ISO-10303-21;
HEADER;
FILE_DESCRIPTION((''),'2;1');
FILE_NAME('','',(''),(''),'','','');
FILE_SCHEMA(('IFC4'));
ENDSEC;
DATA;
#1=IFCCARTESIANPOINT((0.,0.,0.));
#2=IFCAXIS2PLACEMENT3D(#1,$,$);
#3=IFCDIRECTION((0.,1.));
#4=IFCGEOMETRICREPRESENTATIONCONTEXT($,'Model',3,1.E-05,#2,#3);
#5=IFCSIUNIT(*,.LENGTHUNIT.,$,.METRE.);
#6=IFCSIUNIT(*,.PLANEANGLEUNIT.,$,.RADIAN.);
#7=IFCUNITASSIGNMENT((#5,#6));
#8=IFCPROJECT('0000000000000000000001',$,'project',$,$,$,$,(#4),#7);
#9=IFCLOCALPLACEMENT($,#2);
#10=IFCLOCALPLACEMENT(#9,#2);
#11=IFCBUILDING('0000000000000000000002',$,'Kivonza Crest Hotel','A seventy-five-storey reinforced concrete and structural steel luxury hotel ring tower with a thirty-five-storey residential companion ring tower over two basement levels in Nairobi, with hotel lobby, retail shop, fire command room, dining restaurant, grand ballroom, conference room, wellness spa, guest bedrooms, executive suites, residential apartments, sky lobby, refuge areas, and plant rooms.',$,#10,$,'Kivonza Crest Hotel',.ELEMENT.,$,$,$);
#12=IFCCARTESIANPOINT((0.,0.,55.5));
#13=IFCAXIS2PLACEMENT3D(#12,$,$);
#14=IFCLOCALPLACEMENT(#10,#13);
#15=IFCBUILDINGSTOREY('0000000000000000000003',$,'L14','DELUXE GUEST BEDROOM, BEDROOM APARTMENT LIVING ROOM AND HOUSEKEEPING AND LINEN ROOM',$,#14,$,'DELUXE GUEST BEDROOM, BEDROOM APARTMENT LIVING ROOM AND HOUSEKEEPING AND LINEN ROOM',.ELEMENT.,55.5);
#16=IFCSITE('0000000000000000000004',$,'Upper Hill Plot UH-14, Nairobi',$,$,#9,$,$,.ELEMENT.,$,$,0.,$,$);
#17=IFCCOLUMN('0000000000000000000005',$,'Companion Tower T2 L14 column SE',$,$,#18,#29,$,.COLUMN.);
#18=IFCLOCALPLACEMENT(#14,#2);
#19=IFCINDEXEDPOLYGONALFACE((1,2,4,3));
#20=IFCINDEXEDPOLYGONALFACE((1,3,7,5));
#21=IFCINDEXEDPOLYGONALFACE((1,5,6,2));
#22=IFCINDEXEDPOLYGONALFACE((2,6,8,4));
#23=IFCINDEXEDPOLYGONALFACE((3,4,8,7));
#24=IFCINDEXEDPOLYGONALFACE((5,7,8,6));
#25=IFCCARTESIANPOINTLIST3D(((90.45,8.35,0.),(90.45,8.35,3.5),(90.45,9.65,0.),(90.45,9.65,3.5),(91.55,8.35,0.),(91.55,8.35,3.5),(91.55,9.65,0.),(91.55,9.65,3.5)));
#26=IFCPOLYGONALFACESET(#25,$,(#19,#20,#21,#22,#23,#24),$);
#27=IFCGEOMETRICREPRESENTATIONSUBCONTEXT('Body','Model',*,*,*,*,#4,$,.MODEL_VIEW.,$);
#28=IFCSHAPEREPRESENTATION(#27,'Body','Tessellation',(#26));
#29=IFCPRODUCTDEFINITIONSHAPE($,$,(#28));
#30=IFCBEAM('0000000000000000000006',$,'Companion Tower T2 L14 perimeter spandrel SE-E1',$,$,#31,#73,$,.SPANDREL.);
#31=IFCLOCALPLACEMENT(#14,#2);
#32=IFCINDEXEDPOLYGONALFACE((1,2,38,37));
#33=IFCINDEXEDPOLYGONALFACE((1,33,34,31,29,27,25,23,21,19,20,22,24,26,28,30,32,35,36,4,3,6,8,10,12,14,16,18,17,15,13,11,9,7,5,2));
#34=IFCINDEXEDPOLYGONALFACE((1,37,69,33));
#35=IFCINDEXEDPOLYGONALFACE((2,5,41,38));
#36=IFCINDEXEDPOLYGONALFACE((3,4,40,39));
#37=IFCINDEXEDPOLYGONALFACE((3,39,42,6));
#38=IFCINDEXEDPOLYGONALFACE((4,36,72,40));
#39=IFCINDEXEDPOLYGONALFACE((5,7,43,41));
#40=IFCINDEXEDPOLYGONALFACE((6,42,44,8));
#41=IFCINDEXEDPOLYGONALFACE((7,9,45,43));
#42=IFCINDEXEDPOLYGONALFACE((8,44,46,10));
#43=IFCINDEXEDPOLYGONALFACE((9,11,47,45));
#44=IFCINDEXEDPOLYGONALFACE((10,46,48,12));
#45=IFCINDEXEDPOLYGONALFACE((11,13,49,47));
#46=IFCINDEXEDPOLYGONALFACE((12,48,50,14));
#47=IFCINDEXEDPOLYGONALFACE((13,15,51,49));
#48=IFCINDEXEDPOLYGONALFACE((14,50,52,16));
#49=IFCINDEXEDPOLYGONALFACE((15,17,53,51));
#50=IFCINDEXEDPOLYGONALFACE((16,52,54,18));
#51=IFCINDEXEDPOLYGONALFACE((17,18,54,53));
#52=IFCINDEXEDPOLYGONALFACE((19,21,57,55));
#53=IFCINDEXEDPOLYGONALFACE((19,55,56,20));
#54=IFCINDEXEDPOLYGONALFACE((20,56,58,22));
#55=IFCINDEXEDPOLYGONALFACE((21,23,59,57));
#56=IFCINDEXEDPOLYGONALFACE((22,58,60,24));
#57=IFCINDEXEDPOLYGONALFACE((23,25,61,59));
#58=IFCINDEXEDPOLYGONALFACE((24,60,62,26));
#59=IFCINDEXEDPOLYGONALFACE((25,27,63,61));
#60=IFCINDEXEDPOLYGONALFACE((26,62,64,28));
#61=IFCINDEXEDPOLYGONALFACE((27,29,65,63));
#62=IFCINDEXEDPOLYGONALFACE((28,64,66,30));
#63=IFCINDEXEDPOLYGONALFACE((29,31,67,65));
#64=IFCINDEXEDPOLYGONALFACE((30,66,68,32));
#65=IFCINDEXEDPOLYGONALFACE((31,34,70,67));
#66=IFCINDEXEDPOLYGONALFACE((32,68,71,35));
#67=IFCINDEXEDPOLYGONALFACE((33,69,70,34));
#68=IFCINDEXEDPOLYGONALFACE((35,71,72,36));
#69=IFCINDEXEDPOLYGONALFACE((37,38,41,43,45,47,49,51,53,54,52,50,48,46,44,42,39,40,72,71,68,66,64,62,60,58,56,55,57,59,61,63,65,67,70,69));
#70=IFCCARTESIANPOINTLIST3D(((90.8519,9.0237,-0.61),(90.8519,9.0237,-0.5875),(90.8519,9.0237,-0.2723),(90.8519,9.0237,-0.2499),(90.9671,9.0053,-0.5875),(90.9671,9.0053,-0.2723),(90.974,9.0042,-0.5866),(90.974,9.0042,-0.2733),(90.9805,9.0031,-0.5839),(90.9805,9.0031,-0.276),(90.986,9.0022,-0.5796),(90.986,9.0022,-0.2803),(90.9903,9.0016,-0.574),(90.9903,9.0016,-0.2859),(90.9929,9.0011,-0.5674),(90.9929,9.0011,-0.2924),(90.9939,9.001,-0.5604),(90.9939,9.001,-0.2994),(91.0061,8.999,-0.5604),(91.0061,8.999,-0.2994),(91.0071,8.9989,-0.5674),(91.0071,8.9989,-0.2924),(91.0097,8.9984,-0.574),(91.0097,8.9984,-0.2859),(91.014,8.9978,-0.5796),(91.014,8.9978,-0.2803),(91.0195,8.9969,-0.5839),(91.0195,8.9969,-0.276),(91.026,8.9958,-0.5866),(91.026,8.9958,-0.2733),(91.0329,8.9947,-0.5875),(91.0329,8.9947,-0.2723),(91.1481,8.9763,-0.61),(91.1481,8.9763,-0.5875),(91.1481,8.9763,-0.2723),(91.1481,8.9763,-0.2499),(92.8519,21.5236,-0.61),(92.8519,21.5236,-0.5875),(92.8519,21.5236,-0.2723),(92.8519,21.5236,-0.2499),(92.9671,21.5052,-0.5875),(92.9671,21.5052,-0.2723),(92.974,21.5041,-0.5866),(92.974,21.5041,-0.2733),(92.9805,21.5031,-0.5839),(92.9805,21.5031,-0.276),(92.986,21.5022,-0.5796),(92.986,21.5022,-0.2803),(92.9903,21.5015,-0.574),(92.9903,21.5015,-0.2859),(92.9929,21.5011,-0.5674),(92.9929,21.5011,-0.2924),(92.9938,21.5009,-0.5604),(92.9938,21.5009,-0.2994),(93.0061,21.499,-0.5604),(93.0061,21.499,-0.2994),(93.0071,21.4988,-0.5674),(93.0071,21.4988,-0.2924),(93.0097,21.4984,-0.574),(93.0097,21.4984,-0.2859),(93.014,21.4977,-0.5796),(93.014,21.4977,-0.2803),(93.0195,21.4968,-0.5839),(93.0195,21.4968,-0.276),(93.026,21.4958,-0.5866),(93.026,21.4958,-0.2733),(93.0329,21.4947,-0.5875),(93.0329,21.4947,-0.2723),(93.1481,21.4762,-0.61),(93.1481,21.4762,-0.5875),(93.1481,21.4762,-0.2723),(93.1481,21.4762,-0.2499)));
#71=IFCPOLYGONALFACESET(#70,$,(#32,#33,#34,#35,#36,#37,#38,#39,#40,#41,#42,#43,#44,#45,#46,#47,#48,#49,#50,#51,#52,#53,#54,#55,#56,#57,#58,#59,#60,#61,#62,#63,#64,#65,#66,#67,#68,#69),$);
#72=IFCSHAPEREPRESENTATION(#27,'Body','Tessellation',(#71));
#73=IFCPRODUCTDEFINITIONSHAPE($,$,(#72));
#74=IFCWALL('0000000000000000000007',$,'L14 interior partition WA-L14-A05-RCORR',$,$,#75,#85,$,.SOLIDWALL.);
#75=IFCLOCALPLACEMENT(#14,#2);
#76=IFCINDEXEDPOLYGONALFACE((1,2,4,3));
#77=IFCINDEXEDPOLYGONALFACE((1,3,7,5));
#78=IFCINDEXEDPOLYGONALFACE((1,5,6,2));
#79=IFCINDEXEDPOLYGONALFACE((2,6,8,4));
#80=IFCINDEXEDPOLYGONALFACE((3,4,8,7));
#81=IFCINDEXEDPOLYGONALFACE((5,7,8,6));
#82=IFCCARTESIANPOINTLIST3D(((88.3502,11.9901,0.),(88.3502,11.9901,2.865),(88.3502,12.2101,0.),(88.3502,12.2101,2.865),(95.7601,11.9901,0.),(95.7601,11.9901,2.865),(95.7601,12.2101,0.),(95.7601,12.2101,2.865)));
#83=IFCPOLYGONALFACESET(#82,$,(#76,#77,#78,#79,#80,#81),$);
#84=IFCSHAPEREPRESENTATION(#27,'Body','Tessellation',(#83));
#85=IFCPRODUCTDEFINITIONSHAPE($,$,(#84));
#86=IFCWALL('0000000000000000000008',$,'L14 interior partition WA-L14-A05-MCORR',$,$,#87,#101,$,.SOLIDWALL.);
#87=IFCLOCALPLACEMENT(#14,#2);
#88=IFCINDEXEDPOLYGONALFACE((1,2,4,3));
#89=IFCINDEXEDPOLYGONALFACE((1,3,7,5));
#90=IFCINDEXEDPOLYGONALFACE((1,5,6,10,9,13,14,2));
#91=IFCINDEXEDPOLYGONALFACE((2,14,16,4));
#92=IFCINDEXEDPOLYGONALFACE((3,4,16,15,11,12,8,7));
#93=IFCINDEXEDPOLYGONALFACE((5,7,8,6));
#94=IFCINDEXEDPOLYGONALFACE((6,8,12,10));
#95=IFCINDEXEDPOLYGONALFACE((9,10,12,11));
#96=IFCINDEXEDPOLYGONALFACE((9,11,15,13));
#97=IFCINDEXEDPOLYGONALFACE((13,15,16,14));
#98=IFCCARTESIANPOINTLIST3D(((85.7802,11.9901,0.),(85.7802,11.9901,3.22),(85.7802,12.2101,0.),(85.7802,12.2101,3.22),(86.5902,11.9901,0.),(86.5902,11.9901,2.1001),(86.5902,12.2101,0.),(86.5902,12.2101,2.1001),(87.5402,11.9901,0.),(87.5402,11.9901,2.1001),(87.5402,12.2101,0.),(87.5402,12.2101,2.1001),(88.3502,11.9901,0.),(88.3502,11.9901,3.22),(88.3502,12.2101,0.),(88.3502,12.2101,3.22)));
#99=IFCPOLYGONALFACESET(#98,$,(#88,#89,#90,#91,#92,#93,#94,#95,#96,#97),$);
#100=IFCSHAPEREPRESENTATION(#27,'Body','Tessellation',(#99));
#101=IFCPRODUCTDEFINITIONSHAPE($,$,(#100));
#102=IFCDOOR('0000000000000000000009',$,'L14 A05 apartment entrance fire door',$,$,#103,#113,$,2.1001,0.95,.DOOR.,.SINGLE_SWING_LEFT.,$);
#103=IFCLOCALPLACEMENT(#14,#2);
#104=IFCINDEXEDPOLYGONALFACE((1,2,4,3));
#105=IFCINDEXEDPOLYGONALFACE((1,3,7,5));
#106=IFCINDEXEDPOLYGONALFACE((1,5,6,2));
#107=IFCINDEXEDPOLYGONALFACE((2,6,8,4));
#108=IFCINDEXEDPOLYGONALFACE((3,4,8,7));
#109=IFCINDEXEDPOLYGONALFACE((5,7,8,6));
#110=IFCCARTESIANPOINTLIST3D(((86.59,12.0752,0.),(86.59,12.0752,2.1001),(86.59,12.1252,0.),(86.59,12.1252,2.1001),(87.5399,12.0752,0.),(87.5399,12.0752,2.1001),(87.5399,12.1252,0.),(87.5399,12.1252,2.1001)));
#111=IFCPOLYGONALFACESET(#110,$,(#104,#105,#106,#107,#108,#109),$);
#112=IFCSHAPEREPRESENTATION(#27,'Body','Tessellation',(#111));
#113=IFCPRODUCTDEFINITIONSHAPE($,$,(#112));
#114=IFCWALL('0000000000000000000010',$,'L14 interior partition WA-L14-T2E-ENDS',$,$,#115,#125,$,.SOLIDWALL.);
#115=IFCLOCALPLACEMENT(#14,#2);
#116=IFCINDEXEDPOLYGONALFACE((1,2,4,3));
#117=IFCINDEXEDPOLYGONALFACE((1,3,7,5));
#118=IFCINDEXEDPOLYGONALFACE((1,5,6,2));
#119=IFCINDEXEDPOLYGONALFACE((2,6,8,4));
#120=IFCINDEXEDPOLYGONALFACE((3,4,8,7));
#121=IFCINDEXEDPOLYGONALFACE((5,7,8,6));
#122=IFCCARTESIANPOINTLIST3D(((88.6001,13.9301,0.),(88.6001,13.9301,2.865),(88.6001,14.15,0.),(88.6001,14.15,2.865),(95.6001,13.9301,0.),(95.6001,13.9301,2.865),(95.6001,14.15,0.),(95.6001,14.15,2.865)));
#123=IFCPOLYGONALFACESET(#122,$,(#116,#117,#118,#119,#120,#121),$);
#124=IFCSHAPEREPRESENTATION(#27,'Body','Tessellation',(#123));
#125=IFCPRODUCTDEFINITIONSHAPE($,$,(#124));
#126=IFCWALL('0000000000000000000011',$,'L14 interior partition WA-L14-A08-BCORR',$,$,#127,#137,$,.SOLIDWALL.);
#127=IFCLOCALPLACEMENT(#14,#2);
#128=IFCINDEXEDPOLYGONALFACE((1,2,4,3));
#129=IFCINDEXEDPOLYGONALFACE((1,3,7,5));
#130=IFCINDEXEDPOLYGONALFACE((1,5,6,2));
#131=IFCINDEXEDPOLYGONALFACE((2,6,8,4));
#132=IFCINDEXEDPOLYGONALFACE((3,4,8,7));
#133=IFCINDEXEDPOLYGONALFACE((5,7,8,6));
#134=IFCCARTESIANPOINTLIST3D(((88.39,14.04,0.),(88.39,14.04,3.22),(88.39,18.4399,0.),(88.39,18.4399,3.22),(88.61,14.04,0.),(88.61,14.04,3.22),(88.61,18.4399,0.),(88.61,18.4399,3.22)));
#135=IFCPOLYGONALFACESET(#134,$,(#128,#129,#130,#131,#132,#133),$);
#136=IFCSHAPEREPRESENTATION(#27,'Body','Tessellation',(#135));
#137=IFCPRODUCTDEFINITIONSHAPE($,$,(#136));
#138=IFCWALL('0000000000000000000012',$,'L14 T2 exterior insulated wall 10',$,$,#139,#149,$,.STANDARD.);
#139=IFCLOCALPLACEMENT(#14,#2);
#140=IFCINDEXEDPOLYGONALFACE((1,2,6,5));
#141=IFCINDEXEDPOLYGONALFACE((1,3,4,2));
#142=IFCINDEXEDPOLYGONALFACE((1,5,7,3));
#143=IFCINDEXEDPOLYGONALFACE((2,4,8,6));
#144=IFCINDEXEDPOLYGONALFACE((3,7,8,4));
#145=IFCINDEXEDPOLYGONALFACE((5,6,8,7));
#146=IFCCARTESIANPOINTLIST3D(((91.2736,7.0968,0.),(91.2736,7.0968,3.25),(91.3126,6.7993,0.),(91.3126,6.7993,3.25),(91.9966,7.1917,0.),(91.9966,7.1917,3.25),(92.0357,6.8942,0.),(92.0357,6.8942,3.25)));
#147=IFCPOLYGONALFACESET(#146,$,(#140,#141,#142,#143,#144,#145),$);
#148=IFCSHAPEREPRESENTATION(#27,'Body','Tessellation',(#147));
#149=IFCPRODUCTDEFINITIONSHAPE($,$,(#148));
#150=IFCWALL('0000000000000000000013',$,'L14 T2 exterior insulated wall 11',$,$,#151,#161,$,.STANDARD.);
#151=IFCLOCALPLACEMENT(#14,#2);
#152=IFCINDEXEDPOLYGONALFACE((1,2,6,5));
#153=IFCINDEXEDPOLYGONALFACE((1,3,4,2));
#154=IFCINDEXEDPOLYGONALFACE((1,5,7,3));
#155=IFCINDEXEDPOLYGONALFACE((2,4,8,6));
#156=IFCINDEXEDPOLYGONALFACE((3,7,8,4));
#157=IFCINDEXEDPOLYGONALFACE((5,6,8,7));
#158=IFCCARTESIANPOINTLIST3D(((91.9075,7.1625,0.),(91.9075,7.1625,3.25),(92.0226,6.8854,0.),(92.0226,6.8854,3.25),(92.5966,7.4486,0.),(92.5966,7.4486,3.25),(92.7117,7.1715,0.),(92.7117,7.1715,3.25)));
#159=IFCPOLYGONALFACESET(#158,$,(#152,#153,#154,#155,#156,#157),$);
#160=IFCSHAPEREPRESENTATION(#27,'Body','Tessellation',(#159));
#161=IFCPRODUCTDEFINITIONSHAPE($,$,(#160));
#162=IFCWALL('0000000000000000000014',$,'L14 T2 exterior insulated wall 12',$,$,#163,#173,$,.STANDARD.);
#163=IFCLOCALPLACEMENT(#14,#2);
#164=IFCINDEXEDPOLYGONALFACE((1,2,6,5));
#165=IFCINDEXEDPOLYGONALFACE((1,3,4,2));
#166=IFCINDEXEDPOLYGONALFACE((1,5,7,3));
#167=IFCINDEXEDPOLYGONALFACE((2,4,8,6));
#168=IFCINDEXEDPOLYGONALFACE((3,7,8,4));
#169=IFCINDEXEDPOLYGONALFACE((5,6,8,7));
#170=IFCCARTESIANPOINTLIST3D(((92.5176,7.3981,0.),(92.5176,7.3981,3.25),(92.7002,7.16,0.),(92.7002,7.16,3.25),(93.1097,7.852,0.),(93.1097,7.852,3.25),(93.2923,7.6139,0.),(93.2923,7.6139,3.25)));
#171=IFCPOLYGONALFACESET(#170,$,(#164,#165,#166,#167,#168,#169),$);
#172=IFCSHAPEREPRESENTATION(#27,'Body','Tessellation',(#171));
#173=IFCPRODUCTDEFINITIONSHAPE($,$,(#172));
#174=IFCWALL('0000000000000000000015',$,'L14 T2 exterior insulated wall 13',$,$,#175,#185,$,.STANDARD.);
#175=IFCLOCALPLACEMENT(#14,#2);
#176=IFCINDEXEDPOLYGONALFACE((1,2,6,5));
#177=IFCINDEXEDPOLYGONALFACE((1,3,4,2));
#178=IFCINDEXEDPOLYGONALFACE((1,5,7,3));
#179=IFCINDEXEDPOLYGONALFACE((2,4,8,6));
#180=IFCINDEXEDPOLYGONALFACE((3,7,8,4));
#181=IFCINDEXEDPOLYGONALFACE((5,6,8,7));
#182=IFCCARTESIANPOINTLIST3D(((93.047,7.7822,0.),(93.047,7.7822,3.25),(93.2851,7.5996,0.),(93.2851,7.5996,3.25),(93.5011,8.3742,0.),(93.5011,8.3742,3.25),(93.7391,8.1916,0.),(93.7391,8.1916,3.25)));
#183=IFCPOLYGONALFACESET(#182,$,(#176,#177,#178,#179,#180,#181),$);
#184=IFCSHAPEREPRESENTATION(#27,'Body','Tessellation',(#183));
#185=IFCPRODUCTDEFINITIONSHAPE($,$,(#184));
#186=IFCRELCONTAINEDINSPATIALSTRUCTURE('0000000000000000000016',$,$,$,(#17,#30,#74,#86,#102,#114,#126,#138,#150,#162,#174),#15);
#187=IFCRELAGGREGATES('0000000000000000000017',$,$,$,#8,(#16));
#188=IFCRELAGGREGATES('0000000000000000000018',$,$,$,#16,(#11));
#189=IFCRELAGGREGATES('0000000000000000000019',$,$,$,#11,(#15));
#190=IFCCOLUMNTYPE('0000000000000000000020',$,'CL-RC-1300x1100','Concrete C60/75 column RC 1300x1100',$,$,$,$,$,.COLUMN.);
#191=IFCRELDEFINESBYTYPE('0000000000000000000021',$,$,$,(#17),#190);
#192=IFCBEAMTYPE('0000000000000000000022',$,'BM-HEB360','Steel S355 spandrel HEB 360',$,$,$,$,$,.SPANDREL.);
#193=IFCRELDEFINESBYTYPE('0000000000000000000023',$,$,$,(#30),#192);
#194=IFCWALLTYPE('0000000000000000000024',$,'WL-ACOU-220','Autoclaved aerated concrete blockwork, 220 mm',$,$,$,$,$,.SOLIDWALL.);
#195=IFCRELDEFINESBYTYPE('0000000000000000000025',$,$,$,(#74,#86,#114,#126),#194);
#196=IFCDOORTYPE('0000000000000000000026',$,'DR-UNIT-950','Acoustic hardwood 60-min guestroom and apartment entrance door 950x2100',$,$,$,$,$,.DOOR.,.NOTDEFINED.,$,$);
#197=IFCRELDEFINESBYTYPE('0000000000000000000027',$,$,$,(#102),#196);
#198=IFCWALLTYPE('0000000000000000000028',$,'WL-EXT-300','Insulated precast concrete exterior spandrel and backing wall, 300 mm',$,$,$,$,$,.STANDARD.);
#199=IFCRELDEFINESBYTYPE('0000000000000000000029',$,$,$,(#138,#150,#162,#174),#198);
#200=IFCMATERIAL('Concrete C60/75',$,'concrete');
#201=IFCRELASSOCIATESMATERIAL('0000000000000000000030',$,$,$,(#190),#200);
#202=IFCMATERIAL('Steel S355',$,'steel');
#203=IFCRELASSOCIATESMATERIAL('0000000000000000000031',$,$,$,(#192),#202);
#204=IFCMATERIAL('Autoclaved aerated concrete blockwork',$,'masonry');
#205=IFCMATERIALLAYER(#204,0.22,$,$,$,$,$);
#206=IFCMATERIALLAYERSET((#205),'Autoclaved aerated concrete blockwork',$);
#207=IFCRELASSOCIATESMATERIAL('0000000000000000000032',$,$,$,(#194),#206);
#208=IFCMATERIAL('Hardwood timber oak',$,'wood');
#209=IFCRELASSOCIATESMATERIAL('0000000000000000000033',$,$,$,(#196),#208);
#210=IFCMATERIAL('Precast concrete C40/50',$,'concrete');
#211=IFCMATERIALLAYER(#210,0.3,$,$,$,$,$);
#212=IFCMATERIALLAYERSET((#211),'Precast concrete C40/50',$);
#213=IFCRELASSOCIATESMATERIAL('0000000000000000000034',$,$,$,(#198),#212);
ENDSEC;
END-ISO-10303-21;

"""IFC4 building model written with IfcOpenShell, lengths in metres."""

from ifc_helpers import new_model, si_unit, direction, frame, frame_2d, origin, origin_2d, place, context, subcontext, project, spatial, rectangle, i_section, extrude, material, layer, layer_set, material_profile, profile_set, type_object, element, fill, save


model = new_model("IFC4")

# Units and contexts
model_context = context("Model", 3, precision=1e-05, world=origin(), true_north=direction((0.0, 1.0)))
body_context = subcontext(model_context, "Body", "Model", "MODEL_VIEW")
ifc_project = project(units=[si_unit("LENGTHUNIT", "METRE"), si_unit("PLANEANGLEUNIT", "RADIAN")], contexts=[model_context])

# Site, building, storey
site_placement = place(None, origin())
site = spatial("IfcSite", under=ifc_project, at=site_placement, Name="Upper Hill Plot UH-14, Nairobi", CompositionType="ELEMENT", RefElevation=0.0)
building_placement = place(site_placement, origin())
building = spatial("IfcBuilding", under=site, at=building_placement, Name="Kivonza Crest Hotel", Description="A seventy-five-storey reinforced concrete and structural steel luxury hotel ring tower with a thirty-five-storey residential companion ring tower over two basement levels in Nairobi, with hotel lobby, retail shop, fire command room, dining restaurant, grand ballroom, conference room, wellness spa, guest bedrooms, executive suites, residential apartments, sky lobby, refuge areas, and plant rooms.", LongName="Kivonza Crest Hotel", CompositionType="ELEMENT")
storey_placement = place(building_placement, frame((0.0, 0.0, 55.5)))
storey = spatial("IfcBuildingStorey", under=building, at=storey_placement, Name="L14", Description="DELUXE GUEST BEDROOM, BEDROOM APARTMENT LIVING ROOM AND HOUSEKEEPING AND LINEN ROOM", LongName="DELUXE GUEST BEDROOM, BEDROOM APARTMENT LIVING ROOM AND HOUSEKEEPING AND LINEN ROOM", CompositionType="ELEMENT", Elevation=55.5)

# Column
ifc_material_1 = material(Name="Concrete C60/75", Category="concrete")
ifc_material_profile_1 = material_profile(ifc_material_1, rectangle(XDim=1.1001, YDim=1.3, at=origin_2d()), Name="RC 1300x1100")
ifc_profile_set_1 = profile_set([ifc_material_profile_1], Name="Concrete C60/75")
column_type = type_object("IfcColumnType", Name="CL-RC-1300x1100", Description="Concrete C60/75 column RC 1300x1100", PredefinedType="COLUMN", material=ifc_profile_set_1)
column_placement = place(storey_placement, frame((91.0, 9.0, 0.0), z_axis=(0.0, 0.0, 1.0), x_axis=(1.0, 0.0, 0.0)))
element("IfcColumn", 1, at=column_placement, inside=storey, type_object=column_type, Name="Companion Tower T2 L14 column SE", PredefinedType="COLUMN", context=body_context, shape_type="SweptSolid", body=[
    extrude(rectangle(XDim=1.1001, YDim=1.3, at=origin_2d()), origin(), (0.0, 0.0, 1.0), 3.5),
])

# Beam
ifc_material_2 = material(Name="Steel S355", Category="steel")
ifc_material_profile_2 = material_profile(ifc_material_2, i_section(OverallWidth=0.3, OverallDepth=0.3601, WebThickness=0.0125, FlangeThickness=0.0225, FilletRadius=0.0271, at=origin_2d()), Name="HEB 360")
ifc_profile_set_2 = profile_set([ifc_material_profile_2], Name="Steel S355")
beam_type = type_object("IfcBeamType", Name="BM-HEB360", Description="Steel S355 spandrel HEB 360", PredefinedType="SPANDREL", material=ifc_profile_set_2)
beam_placement = place(storey_placement, frame((91.0, 9.0, -0.4299), z_axis=(0.157991, 0.987441, 0.0), x_axis=(-0.987441, 0.157991, 0.0)))
element("IfcBeam", 2, at=beam_placement, inside=storey, type_object=beam_type, Name="Companion Tower T2 L14 perimeter spandrel SE-E1", PredefinedType="SPANDREL", context=body_context, shape_type="SweptSolid", body=[
    extrude(i_section(OverallWidth=0.3, OverallDepth=0.3601, WebThickness=0.0125, FlangeThickness=0.0225, FilletRadius=0.0271, at=origin_2d()), origin(), (0.0, 0.0, 1.0), 12.6589),
])

# Wall
ifc_material_3 = material(Name="Autoclaved aerated concrete blockwork", Category="masonry")
ifc_layer_1 = layer(ifc_material_3, 0.22)
ifc_layer_set_1 = layer_set([ifc_layer_1], Name="Autoclaved aerated concrete blockwork")
wall_type_1 = type_object("IfcWallType", Name="WL-ACOU-220", Description="Autoclaved aerated concrete blockwork, 220 mm", PredefinedType="SOLIDWALL", material=ifc_layer_set_1)
wall_1_placement = place(storey_placement, frame((88.3501, 12.1001, 0.0), z_axis=(0.0, 0.0, 1.0), x_axis=(1.0, 0.0, 0.0)))
element("IfcWall", 3, at=wall_1_placement, inside=storey, type_object=wall_type_1, Name="L14 interior partition WA-L14-A05-RCORR", PredefinedType="SOLIDWALL", context=body_context, shape_type="SweptSolid", body=[
    extrude(rectangle(XDim=7.4099, YDim=0.22, at=frame_2d((3.7051, 0.0))), origin(), (0.0, 0.0, 1.0), 2.865),
])

# Wall, opening, door
wall_2_placement = place(storey_placement, frame((85.78, 12.1001, 0.0), z_axis=(0.0, 0.0, 1.0), x_axis=(1.0, 0.0, 0.0)))
wall_2 = element("IfcWall", 4, at=wall_2_placement, inside=storey, type_object=wall_type_1, Name="L14 interior partition WA-L14-A05-MCORR", PredefinedType="SOLIDWALL", context=body_context, shape_type="SweptSolid", body=[
    extrude(rectangle(XDim=2.5701, YDim=0.22, at=frame_2d((1.2852, 0.0))), origin(), (0.0, 0.0, 1.0), 3.22),
])
opening_1_placement = place(wall_2_placement, frame((0.8101, 0.0, 0.0)))
opening_1 = element("IfcOpeningElement", 5, at=opening_1_placement, cuts=wall_2, PredefinedType="OPENING", context=body_context, shape_type="SweptSolid", body=[
    extrude(rectangle(XDim=0.95, YDim=2.1001, at=frame_2d((0.4751, 1.05))), frame((0.0, 0.1201, 0.0), z_axis=(0.0, -1.0, 0.0), x_axis=(1.0, 0.0, 0.0)), (0.0, 0.0, 1.0), 0.24),
])
ifc_material_4 = material(Name="Hardwood timber oak", Category="wood")
door_type_1 = type_object("IfcDoorType", Name="DR-UNIT-950", Description="Acoustic hardwood 60-min guestroom and apartment entrance door 950x2100", OperationType="NOTDEFINED", PredefinedType="DOOR", material=ifc_material_4)
door_1_placement = place(opening_1_placement, frame((0.95, 0.0, 0.0), z_axis=(0.0, 0.0, 1.0), x_axis=(-1.0, 0.0, 0.0)))
door_1 = element("IfcDoor", 6, at=door_1_placement, inside=storey, type_object=door_type_1, Name="L14 A05 apartment entrance fire door", OperationType="SINGLE_SWING_LEFT", OverallHeight=2.1001, OverallWidth=0.95, PredefinedType="DOOR", context=body_context, shape_type="SweptSolid", body=[
    extrude(rectangle(XDim=0.95, YDim=2.1001, at=frame_2d((0.4751, 1.05))), frame((0.0, 0.0249, 0.0), z_axis=(0.0, -1.0, 0.0), x_axis=(1.0, 0.0, 0.0)), (0.0, 0.0, 1.0), 0.05),
])
fill(opening_1, door_1)

# Walls
wall_3_placement = place(storey_placement, frame((88.6001, 14.04, 0.0), z_axis=(0.0, 0.0, 1.0), x_axis=(1.0, 0.0, 0.0)))
element("IfcWall", 7, at=wall_3_placement, inside=storey, type_object=wall_type_1, Name="L14 interior partition WA-L14-T2E-ENDS", PredefinedType="SOLIDWALL", context=body_context, shape_type="SweptSolid", body=[
    extrude(rectangle(XDim=7.0, YDim=0.22, at=frame_2d((3.5, 0.0))), origin(), (0.0, 0.0, 1.0), 2.865),
])
wall_4_placement = place(storey_placement, frame((88.5, 14.04, 0.0), z_axis=(0.0, 0.0, 1.0), x_axis=(0.0, 1.0, 0.0)))
element("IfcWall", 8, at=wall_4_placement, inside=storey, type_object=wall_type_1, Name="L14 interior partition WA-L14-A08-BCORR", PredefinedType="SOLIDWALL", context=body_context, shape_type="SweptSolid", body=[
    extrude(rectangle(XDim=4.3999, YDim=0.22, at=frame_2d((2.2, 0.0))), origin(), (0.0, 0.0, 1.0), 3.22),
])
ifc_material_5 = material(Name="Precast concrete C40/50", Category="concrete")
ifc_layer_2 = layer(ifc_material_5, 0.3)
ifc_layer_set_2 = layer_set([ifc_layer_2], Name="Precast concrete C40/50")
wall_type_2 = type_object("IfcWallType", Name="WL-EXT-300", Description="Insulated precast concrete exterior spandrel and backing wall, 300 mm", PredefinedType="STANDARD", material=ifc_layer_set_2)
wall_5_placement = place(storey_placement, frame((91.293, 6.948, 0.0), z_axis=(0.0, 0.0, 1.0), x_axis=(0.991486, 0.130212, 0.0)))
element("IfcWall", 9, at=wall_5_placement, inside=storey, type_object=wall_type_2, Name="L14 T2 exterior insulated wall 10", PredefinedType="STANDARD", context=body_context, shape_type="SweptSolid", body=[
    extrude(rectangle(XDim=0.7292, YDim=0.3, at=frame_2d((0.3647, 0.0))), origin(), (0.0, 0.0, 1.0), 3.25),
])
for number, where, z_axis, x_axis, name in (
    (10, (91.9651, 7.0239, 0.0), (0.0, 0.0, 1.0), (0.923522, 0.383546, 0.0), "L14 T2 exterior insulated wall 11"),
    (11, (92.6089, 7.2791, 0.0), (0.0, 0.0, 1.0), (0.793633, 0.608397, 0.0), "L14 T2 exterior insulated wall 12"),
    (12, (93.166, 7.6909, 0.0), (0.0, 0.0, 1.0), (0.608603, 0.793475, 0.0), "L14 T2 exterior insulated wall 13"),
):
    element("IfcWall", number, at=place(storey_placement, frame(where, z_axis=z_axis, x_axis=x_axis)), inside=storey, type_object=wall_type_2, Name=name, PredefinedType="STANDARD", context=body_context, shape_type="SweptSolid", body=[
        extrude(rectangle(XDim=0.7461, YDim=0.3, at=frame_2d((0.373, 0.0))), origin(), (0.0, 0.0, 1.0), 3.25),
    ])

save(model, "model.ifc")
